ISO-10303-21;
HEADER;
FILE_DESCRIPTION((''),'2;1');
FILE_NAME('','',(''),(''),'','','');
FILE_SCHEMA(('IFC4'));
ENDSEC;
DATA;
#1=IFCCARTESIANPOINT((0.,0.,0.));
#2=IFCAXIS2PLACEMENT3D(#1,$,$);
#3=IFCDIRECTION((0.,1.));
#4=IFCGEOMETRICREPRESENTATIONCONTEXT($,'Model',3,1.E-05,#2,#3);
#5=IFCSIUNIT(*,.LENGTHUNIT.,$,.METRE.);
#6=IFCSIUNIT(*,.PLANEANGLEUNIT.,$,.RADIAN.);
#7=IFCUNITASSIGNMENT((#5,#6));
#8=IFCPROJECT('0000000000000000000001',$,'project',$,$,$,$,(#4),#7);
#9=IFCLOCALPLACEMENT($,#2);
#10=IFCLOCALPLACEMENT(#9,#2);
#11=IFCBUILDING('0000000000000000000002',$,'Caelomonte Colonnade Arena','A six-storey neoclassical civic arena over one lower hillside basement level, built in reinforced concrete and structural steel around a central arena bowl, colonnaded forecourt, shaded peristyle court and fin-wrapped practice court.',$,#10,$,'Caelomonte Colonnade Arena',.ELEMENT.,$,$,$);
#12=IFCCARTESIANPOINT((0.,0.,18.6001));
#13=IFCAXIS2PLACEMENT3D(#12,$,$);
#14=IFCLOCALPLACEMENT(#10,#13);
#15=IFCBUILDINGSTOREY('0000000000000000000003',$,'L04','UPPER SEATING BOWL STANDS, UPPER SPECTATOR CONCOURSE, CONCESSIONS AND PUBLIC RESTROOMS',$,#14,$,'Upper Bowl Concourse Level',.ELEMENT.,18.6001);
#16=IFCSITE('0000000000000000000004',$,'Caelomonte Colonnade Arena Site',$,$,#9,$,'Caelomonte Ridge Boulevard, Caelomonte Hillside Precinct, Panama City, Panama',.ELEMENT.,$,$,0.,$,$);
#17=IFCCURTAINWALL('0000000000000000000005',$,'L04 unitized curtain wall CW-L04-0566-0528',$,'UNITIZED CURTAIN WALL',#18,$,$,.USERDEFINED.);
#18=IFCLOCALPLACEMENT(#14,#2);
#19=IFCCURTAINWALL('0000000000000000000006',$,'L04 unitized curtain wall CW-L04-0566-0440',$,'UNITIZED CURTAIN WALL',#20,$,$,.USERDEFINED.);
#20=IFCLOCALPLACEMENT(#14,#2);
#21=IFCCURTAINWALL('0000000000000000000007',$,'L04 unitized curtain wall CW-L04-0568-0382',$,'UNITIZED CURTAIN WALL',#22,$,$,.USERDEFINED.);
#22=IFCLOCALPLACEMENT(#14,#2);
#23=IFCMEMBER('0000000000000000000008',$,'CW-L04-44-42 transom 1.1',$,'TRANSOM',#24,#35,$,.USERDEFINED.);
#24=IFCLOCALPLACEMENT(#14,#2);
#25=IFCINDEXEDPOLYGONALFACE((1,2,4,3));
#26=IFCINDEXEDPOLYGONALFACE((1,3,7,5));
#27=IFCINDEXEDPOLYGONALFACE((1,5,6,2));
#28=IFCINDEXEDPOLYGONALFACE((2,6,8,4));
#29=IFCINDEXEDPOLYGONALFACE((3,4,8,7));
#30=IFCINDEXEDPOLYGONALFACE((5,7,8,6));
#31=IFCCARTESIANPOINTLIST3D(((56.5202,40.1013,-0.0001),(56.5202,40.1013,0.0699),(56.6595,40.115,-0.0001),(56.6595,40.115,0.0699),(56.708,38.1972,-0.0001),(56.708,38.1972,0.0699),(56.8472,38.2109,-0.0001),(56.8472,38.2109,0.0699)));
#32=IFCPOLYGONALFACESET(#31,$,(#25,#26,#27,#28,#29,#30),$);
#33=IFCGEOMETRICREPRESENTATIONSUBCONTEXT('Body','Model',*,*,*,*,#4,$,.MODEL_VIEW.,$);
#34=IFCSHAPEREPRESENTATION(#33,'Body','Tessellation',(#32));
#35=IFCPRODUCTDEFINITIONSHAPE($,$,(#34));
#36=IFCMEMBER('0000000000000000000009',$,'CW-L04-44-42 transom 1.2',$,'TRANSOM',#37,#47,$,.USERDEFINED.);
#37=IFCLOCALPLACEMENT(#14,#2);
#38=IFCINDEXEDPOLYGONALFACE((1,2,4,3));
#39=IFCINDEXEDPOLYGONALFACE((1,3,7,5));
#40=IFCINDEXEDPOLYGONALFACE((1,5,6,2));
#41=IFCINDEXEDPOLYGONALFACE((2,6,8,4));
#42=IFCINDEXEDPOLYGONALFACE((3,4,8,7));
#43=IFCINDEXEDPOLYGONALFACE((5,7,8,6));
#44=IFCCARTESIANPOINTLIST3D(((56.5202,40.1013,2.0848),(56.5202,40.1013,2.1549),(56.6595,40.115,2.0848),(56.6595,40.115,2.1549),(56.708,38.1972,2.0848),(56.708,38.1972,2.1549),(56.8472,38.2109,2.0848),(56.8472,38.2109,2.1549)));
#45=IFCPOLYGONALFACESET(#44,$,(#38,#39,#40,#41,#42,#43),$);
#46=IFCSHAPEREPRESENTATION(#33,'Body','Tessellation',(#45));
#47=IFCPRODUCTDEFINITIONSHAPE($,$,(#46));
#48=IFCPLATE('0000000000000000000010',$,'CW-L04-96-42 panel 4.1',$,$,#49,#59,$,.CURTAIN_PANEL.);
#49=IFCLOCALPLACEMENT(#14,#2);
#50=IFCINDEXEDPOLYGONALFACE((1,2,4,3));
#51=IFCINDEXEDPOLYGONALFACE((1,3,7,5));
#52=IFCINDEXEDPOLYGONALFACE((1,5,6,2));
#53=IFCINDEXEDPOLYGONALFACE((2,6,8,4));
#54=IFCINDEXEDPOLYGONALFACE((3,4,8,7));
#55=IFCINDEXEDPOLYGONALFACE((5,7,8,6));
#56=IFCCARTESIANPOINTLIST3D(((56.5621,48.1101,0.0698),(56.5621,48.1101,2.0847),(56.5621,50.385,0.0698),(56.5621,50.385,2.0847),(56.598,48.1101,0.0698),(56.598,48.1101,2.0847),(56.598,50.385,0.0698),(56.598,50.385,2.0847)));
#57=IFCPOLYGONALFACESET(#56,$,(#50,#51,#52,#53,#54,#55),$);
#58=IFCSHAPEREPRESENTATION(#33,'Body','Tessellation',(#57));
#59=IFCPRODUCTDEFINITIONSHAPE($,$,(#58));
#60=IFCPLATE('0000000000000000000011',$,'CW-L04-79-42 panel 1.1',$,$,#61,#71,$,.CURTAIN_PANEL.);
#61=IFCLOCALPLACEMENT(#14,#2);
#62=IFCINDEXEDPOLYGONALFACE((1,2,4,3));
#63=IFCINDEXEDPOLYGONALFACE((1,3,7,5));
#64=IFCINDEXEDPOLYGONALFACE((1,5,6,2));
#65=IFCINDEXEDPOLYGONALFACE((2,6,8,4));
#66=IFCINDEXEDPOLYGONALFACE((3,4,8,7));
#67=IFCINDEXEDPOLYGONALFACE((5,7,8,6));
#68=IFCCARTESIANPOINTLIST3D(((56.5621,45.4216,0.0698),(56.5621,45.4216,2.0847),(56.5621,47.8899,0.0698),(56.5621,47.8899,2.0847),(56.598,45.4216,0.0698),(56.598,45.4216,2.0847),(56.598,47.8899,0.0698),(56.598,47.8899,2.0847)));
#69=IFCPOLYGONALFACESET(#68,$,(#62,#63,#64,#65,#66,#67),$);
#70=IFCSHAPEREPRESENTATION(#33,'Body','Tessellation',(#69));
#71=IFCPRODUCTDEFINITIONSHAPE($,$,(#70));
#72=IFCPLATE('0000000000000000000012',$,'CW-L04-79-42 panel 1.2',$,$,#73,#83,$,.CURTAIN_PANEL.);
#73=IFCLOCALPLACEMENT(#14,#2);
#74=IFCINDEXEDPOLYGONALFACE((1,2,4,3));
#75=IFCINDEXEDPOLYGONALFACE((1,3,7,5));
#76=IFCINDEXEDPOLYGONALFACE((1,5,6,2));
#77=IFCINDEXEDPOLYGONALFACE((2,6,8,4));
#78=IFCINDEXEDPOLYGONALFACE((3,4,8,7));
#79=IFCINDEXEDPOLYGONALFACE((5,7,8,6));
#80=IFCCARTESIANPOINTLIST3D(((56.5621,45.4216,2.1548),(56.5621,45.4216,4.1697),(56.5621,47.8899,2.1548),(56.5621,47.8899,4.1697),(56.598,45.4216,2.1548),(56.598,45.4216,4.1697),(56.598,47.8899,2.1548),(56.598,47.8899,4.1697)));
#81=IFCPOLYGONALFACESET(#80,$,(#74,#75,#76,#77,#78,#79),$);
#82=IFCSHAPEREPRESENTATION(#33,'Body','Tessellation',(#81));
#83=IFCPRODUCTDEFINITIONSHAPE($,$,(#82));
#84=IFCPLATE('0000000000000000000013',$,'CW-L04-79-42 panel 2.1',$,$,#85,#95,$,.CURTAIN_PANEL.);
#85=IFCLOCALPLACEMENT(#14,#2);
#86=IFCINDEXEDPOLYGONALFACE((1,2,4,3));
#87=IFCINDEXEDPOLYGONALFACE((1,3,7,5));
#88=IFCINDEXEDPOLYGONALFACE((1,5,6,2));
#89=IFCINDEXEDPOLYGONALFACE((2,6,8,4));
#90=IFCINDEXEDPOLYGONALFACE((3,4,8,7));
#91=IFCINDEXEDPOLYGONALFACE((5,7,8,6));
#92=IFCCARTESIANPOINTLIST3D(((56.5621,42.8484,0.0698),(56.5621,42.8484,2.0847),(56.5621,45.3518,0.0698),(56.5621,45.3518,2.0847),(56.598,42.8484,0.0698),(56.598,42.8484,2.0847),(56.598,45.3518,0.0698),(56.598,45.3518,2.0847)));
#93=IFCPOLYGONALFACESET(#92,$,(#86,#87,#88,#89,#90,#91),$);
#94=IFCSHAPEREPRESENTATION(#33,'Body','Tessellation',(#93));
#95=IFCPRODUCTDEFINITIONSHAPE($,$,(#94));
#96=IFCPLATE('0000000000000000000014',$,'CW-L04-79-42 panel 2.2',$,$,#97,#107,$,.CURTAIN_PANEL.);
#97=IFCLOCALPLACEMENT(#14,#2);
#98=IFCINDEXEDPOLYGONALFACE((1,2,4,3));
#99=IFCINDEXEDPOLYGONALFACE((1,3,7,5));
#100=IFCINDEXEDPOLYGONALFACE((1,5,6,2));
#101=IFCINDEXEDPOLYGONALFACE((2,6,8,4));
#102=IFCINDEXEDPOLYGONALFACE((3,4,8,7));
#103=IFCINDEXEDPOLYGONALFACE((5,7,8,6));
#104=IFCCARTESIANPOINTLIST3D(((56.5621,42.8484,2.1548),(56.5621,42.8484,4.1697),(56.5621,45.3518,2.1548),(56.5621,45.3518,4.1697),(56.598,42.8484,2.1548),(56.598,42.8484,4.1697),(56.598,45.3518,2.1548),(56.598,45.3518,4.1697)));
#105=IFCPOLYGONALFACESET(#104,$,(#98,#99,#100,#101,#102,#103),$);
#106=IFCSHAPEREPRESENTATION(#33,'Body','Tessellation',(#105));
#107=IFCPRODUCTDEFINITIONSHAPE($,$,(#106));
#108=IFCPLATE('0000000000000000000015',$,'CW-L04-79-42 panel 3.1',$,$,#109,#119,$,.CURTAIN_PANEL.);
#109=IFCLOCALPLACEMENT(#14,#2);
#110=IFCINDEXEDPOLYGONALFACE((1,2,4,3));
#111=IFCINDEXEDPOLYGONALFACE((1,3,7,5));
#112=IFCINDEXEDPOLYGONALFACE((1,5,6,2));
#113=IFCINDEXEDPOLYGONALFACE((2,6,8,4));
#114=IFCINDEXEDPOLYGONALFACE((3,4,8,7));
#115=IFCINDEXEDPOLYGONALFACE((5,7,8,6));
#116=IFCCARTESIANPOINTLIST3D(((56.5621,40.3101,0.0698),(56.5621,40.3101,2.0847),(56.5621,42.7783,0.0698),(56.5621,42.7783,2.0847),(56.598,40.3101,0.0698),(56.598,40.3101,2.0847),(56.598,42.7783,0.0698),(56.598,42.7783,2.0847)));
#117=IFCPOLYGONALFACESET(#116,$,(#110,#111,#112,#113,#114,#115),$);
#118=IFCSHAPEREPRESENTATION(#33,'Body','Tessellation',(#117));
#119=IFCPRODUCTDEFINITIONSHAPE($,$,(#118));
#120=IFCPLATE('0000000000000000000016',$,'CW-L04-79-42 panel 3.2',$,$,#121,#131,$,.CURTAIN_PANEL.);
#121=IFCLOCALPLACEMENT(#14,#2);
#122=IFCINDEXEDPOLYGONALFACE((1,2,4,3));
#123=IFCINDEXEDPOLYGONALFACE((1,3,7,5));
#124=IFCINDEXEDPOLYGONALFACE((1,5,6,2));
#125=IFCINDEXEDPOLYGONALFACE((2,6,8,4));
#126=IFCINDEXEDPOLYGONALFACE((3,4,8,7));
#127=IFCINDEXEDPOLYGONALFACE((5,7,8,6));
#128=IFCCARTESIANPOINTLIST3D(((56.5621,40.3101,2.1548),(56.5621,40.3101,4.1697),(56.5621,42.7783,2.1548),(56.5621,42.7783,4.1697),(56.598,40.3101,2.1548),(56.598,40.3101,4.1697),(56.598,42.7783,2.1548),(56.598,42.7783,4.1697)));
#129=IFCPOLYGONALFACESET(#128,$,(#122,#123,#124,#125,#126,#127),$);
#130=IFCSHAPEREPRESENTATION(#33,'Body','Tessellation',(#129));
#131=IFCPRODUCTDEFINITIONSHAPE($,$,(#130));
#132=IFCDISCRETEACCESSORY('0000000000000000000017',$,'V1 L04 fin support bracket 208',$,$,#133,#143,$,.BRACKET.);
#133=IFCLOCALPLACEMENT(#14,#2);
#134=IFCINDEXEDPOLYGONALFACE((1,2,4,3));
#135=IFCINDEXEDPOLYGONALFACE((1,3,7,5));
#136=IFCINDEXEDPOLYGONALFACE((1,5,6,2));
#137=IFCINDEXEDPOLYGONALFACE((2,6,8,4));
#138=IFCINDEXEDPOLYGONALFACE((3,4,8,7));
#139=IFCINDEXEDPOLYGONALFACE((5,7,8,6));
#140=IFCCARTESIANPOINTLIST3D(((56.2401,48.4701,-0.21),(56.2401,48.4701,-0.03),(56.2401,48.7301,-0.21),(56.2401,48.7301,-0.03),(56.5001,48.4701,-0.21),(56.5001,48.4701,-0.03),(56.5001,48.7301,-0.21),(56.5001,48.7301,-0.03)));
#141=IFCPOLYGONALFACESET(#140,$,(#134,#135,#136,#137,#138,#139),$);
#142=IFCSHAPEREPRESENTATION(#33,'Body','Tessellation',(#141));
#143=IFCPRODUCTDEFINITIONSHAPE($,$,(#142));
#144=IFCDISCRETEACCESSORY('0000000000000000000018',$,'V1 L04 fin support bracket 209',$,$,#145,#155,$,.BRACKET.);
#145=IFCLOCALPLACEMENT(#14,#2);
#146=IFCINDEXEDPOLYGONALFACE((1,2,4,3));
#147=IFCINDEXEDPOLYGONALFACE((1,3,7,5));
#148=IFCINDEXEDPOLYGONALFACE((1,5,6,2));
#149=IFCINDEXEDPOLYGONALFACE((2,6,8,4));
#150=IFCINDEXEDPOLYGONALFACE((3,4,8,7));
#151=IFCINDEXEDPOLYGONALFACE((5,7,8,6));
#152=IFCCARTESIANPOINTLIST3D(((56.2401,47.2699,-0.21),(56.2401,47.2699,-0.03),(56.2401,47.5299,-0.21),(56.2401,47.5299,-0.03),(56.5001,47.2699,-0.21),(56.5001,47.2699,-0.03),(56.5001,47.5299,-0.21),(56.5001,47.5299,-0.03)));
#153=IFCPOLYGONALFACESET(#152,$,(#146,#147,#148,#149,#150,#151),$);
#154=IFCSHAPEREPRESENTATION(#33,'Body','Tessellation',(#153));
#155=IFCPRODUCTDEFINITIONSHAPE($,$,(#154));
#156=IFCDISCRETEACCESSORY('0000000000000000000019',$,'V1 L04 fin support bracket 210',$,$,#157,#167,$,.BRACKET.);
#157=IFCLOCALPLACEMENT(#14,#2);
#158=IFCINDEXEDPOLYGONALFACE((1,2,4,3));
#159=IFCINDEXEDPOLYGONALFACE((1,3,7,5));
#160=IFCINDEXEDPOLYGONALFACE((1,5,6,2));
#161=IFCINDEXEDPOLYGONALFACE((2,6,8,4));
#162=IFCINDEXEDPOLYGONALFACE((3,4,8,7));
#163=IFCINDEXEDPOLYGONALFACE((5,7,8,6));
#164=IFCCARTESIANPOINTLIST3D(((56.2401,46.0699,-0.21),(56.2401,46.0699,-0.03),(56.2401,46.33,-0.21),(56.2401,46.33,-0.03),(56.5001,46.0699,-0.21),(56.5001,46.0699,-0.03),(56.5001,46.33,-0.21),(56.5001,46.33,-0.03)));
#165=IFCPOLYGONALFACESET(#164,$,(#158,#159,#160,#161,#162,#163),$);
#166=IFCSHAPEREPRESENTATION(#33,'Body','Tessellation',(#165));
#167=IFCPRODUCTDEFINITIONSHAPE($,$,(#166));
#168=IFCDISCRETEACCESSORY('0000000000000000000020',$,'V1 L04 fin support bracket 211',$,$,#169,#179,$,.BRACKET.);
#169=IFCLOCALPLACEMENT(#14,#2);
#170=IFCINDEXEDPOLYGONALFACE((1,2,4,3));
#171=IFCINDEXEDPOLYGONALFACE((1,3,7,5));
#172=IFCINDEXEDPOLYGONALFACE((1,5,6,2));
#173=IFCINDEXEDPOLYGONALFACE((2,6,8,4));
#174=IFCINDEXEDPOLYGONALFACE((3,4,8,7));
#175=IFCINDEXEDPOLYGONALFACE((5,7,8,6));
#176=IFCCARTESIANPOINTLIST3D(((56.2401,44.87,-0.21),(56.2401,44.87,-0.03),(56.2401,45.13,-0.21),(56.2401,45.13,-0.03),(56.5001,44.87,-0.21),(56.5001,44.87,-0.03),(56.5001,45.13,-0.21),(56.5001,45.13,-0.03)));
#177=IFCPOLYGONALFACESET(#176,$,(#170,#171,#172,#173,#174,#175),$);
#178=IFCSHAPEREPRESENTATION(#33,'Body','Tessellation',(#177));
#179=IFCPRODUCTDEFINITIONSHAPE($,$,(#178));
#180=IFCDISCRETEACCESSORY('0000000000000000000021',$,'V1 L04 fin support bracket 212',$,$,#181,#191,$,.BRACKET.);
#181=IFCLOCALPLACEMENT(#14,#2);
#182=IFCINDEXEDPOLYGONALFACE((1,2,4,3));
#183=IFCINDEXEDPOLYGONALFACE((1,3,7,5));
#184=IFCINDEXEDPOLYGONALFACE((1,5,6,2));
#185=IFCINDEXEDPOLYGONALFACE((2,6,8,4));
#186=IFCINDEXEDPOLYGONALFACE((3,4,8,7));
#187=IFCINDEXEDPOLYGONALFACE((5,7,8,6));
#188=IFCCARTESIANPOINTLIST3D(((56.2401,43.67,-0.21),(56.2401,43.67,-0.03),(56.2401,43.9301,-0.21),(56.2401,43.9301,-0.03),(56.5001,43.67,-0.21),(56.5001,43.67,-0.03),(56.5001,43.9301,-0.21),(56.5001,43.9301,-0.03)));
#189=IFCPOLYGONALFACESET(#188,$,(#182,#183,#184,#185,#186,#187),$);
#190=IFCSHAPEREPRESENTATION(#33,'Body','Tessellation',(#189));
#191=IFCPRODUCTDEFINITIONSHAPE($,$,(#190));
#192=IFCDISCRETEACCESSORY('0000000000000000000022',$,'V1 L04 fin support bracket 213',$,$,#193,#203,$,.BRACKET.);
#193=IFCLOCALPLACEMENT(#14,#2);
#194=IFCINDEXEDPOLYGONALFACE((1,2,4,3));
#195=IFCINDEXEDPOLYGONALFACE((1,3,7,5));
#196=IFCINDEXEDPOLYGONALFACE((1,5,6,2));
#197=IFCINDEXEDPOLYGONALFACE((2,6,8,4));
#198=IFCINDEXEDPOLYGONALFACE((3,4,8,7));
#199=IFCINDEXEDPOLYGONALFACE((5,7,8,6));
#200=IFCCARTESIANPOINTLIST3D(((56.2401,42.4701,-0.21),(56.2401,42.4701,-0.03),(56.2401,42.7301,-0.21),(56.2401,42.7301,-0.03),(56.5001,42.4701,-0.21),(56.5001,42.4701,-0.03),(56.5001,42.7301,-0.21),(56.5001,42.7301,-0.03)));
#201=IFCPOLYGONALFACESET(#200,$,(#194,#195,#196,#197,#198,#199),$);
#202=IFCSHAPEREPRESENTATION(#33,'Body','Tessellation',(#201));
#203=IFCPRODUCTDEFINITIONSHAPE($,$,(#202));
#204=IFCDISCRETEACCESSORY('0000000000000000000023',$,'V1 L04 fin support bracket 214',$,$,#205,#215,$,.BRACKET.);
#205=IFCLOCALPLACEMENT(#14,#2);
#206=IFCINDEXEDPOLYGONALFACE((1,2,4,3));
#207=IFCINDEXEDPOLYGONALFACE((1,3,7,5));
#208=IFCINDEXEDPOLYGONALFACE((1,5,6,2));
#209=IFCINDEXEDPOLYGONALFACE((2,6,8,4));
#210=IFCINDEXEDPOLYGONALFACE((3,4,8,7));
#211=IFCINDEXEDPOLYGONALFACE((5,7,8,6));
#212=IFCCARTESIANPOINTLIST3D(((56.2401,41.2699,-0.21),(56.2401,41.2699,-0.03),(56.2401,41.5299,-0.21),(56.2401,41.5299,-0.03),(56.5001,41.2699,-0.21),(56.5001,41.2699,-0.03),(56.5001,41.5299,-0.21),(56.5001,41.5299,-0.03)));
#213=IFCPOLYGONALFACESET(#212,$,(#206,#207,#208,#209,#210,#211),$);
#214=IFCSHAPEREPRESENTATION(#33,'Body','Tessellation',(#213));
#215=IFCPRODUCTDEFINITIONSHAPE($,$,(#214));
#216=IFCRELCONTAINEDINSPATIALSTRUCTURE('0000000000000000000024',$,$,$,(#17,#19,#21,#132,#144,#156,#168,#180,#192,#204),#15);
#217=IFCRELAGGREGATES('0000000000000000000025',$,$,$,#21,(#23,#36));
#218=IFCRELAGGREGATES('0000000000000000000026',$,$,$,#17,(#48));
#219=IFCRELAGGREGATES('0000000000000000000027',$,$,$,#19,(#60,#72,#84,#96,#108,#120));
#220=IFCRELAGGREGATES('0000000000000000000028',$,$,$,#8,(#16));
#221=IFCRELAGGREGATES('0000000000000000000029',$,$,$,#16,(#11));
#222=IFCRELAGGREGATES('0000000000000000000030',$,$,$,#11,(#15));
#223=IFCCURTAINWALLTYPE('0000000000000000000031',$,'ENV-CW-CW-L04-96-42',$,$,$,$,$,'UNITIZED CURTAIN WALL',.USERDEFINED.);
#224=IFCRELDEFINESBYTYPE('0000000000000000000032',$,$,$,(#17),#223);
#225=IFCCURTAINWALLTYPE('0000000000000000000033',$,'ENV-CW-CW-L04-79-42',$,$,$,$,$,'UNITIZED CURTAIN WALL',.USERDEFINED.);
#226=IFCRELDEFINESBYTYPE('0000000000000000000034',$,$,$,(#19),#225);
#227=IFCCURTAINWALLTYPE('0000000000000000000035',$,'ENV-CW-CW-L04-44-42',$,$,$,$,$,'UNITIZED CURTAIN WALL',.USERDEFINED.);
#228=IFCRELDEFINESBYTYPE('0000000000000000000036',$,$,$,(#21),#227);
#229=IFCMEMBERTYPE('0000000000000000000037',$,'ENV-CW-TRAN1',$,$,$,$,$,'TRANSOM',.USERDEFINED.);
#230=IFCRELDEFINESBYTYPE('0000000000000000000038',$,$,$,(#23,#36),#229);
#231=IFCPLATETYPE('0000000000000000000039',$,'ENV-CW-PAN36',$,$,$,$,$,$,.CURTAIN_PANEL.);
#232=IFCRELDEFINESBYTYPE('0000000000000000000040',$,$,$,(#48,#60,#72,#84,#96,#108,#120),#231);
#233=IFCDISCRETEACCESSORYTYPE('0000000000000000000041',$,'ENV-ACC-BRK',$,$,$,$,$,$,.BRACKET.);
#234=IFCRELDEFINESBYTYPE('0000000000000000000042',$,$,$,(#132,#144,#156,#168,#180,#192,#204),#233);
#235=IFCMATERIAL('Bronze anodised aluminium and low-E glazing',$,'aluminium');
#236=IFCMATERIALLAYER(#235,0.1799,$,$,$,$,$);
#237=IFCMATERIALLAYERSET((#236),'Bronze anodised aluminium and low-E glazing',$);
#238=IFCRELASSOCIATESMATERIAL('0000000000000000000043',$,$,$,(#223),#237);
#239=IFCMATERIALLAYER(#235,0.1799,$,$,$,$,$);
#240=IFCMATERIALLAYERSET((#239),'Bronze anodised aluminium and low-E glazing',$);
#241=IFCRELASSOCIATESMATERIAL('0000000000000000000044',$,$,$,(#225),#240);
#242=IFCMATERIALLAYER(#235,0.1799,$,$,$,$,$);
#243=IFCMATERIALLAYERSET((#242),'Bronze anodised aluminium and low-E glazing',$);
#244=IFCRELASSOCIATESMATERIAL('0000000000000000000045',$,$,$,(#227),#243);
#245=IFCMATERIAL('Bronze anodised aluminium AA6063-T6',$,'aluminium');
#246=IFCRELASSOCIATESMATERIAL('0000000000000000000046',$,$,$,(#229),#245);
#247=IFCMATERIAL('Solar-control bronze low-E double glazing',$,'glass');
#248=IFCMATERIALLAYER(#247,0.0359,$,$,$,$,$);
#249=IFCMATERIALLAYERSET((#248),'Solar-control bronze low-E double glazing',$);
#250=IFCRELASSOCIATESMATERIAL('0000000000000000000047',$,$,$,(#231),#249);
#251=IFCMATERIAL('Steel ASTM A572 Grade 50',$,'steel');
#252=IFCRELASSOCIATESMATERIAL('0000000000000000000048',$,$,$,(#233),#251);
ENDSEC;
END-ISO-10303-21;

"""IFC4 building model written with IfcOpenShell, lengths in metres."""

from ifc_helpers import new_model, si_unit, direction, frame, origin, origin_2d, place, context, subcontext, project, spatial, rectangle, extrude, material, layer, layer_set, material_profile, profile_set, type_object, element, aggregate, save


model = new_model("IFC4")

# Units and contexts
model_context = context("Model", 3, precision=1e-05, world=origin(), true_north=direction((0.0, 1.0)))
body_context = subcontext(model_context, "Body", "Model", "MODEL_VIEW")
ifc_project = project(units=[si_unit("LENGTHUNIT", "METRE"), si_unit("PLANEANGLEUNIT", "RADIAN")], contexts=[model_context])

# Site, building, storey
site_placement = place(None, origin())
site = spatial("IfcSite", under=ifc_project, at=site_placement, Name="Caelomonte Colonnade Arena Site", LongName="Caelomonte Ridge Boulevard, Caelomonte Hillside Precinct, Panama City, Panama", CompositionType="ELEMENT", RefElevation=0.0)
building_placement = place(site_placement, origin())
building = spatial("IfcBuilding", under=site, at=building_placement, Name="Caelomonte Colonnade Arena", Description="A six-storey neoclassical civic arena over one lower hillside basement level, built in reinforced concrete and structural steel around a central arena bowl, colonnaded forecourt, shaded peristyle court and fin-wrapped practice court.", LongName="Caelomonte Colonnade Arena", CompositionType="ELEMENT")
storey_placement = place(building_placement, frame((0.0, 0.0, 18.6001)))
storey = spatial("IfcBuildingStorey", under=building, at=storey_placement, Name="L04", Description="UPPER SEATING BOWL STANDS, UPPER SPECTATOR CONCOURSE, CONCESSIONS AND PUBLIC RESTROOMS", LongName="Upper Bowl Concourse Level", CompositionType="ELEMENT", Elevation=18.6001)

# Curtain wall
ifc_material_1 = material(Name="Bronze anodised aluminium and low-E glazing", Category="aluminium")
ifc_layer_1 = layer(ifc_material_1, 0.1799)
ifc_layer_set_1 = layer_set([ifc_layer_1], Name="Bronze anodised aluminium and low-E glazing")
curtain_wall_type_1 = type_object("IfcCurtainWallType", Name="ENV-CW-CW-L04-96-42", ElementType="UNITIZED CURTAIN WALL", PredefinedType="USERDEFINED", material=ifc_layer_set_1)
curtain_wall_1_placement = place(storey_placement, origin())
curtain_wall_1 = element("IfcCurtainWall", 1, at=curtain_wall_1_placement, inside=storey, type_object=curtain_wall_type_1, Name="L04 unitized curtain wall CW-L04-0566-0528", ObjectType="UNITIZED CURTAIN WALL", PredefinedType="USERDEFINED")
ifc_material_2 = material(Name="Bronze anodised aluminium AA6063-T6", Category="aluminium")

# Curtain wall
ifc_layer_2 = layer(ifc_material_1, 0.1799)
ifc_layer_set_2 = layer_set([ifc_layer_2], Name="Bronze anodised aluminium and low-E glazing")
curtain_wall_type_2 = type_object("IfcCurtainWallType", Name="ENV-CW-CW-L04-79-42", ElementType="UNITIZED CURTAIN WALL", PredefinedType="USERDEFINED", material=ifc_layer_set_2)
curtain_wall_2_placement = place(storey_placement, origin())
curtain_wall_2 = element("IfcCurtainWall", 2, at=curtain_wall_2_placement, inside=storey, type_object=curtain_wall_type_2, Name="L04 unitized curtain wall CW-L04-0566-0440", ObjectType="UNITIZED CURTAIN WALL", PredefinedType="USERDEFINED")

# Curtain wall
ifc_layer_3 = layer(ifc_material_1, 0.1799)
ifc_layer_set_3 = layer_set([ifc_layer_3], Name="Bronze anodised aluminium and low-E glazing")
curtain_wall_type_3 = type_object("IfcCurtainWallType", Name="ENV-CW-CW-L04-44-42", ElementType="UNITIZED CURTAIN WALL", PredefinedType="USERDEFINED", material=ifc_layer_set_3)
curtain_wall_3_placement = place(storey_placement, origin())
curtain_wall_3 = element("IfcCurtainWall", 3, at=curtain_wall_3_placement, inside=storey, type_object=curtain_wall_type_3, Name="L04 unitized curtain wall CW-L04-0568-0382", ObjectType="UNITIZED CURTAIN WALL", PredefinedType="USERDEFINED")

# Members
ifc_material_profile_1 = material_profile(ifc_material_2, rectangle(XDim=0.0701, YDim=0.1399, at=origin_2d()), Name="CWT-70X140")
ifc_profile_set_1 = profile_set([ifc_material_profile_1], Name="Bronze anodised aluminium AA6063-T6")
member_type_1 = type_object("IfcMemberType", Name="ENV-CW-TRAN1", ElementType="TRANSOM", PredefinedType="USERDEFINED", material=ifc_profile_set_1)
member_1_placement = place(storey_placement, frame((56.5898, 40.1082, 0.0349), z_axis=(0.098127, -0.995174, 0.0), x_axis=(0.0, 0.0, 1.0)))
member_1 = element("IfcMember", 4, at=member_1_placement, type_object=member_type_1, Name="CW-L04-44-42 transom 1.1", ObjectType="TRANSOM", PredefinedType="USERDEFINED", context=body_context, shape_type="SweptSolid", body=[
    extrude(rectangle(XDim=0.0701, YDim=0.1399, at=origin_2d()), origin(), (0.0, 0.0, 1.0), 1.9133),
])
member_2_placement = place(storey_placement, frame((56.5898, 40.1082, 2.1199), z_axis=(0.098127, -0.995174, 0.0), x_axis=(0.0, 0.0, 1.0)))
member_2 = element("IfcMember", 5, at=member_2_placement, type_object=member_type_1, Name="CW-L04-44-42 transom 1.2", ObjectType="TRANSOM", PredefinedType="USERDEFINED", context=body_context, shape_type="SweptSolid", body=[
    extrude(rectangle(XDim=0.0701, YDim=0.1399, at=origin_2d()), origin(), (0.0, 0.0, 1.0), 1.9133),
])
aggregate(curtain_wall_3, [member_1, member_2])

# Plates
ifc_material_3 = material(Name="Solar-control bronze low-E double glazing", Category="glass")
ifc_layer_4 = layer(ifc_material_3, 0.0359)
ifc_layer_set_4 = layer_set([ifc_layer_4], Name="Solar-control bronze low-E double glazing")
plate_type = type_object("IfcPlateType", Name="ENV-CW-PAN36", PredefinedType="CURTAIN_PANEL", material=ifc_layer_set_4)
plate_1_placement = place(storey_placement, frame((56.5801, 49.2476, 0.0698), z_axis=(0.0, 0.0, 1.0), x_axis=(0.0, -1.0, 0.0)))
plate_1 = element("IfcPlate", 6, at=plate_1_placement, type_object=plate_type, Name="CW-L04-96-42 panel 4.1", PredefinedType="CURTAIN_PANEL", context=body_context, shape_type="SweptSolid", body=[
    extrude(rectangle(XDim=2.2749, YDim=0.0359, at=origin_2d()), origin(), (0.0, 0.0, 1.0), 2.0149),
])
aggregate(curtain_wall_1, [plate_1])
plate_2_placement = place(storey_placement, frame((56.5801, 46.6558, 0.0698), z_axis=(0.0, 0.0, 1.0), x_axis=(0.0, -1.0, 0.0)))
plate_2 = element("IfcPlate", 7, at=plate_2_placement, type_object=plate_type, Name="CW-L04-79-42 panel 1.1", PredefinedType="CURTAIN_PANEL", context=body_context, shape_type="SweptSolid", body=[
    extrude(rectangle(XDim=2.4683, YDim=0.0359, at=origin_2d()), origin(), (0.0, 0.0, 1.0), 2.0149),
])
plate_3_placement = place(storey_placement, frame((56.5801, 46.6558, 2.1548), z_axis=(0.0, 0.0, 1.0), x_axis=(0.0, -1.0, 0.0)))
plate_3 = element("IfcPlate", 8, at=plate_3_placement, type_object=plate_type, Name="CW-L04-79-42 panel 1.2", PredefinedType="CURTAIN_PANEL", context=body_context, shape_type="SweptSolid", body=[
    extrude(rectangle(XDim=2.4683, YDim=0.0359, at=origin_2d()), origin(), (0.0, 0.0, 1.0), 2.0149),
])
plate_4_placement = place(storey_placement, frame((56.5801, 44.1001, 0.0698), z_axis=(0.0, 0.0, 1.0), x_axis=(0.0, -1.0, 0.0)))
plate_4 = element("IfcPlate", 9, at=plate_4_placement, type_object=plate_type, Name="CW-L04-79-42 panel 2.1", PredefinedType="CURTAIN_PANEL", context=body_context, shape_type="SweptSolid", body=[
    extrude(rectangle(XDim=2.5034, YDim=0.0359, at=origin_2d()), origin(), (0.0, 0.0, 1.0), 2.0149),
])
plate_5_placement = place(storey_placement, frame((56.5801, 44.1001, 2.1548), z_axis=(0.0, 0.0, 1.0), x_axis=(0.0, -1.0, 0.0)))
plate_5 = element("IfcPlate", 10, at=plate_5_placement, type_object=plate_type, Name="CW-L04-79-42 panel 2.2", PredefinedType="CURTAIN_PANEL", context=body_context, shape_type="SweptSolid", body=[
    extrude(rectangle(XDim=2.5034, YDim=0.0359, at=origin_2d()), origin(), (0.0, 0.0, 1.0), 2.0149),
])
plate_6_placement = place(storey_placement, frame((56.5801, 41.5442, 0.0698), z_axis=(0.0, 0.0, 1.0), x_axis=(0.0, -1.0, 0.0)))
plate_6 = element("IfcPlate", 11, at=plate_6_placement, type_object=plate_type, Name="CW-L04-79-42 panel 3.1", PredefinedType="CURTAIN_PANEL", context=body_context, shape_type="SweptSolid", body=[
    extrude(rectangle(XDim=2.4683, YDim=0.0359, at=origin_2d()), origin(), (0.0, 0.0, 1.0), 2.0149),
])
plate_7_placement = place(storey_placement, frame((56.5801, 41.5442, 2.1548), z_axis=(0.0, 0.0, 1.0), x_axis=(0.0, -1.0, 0.0)))
plate_7 = element("IfcPlate", 12, at=plate_7_placement, type_object=plate_type, Name="CW-L04-79-42 panel 3.2", PredefinedType="CURTAIN_PANEL", context=body_context, shape_type="SweptSolid", body=[
    extrude(rectangle(XDim=2.4683, YDim=0.0359, at=origin_2d()), origin(), (0.0, 0.0, 1.0), 2.0149),
])
aggregate(curtain_wall_2, [plate_2, plate_3, plate_4, plate_5, plate_6, plate_7])

# Discrete accessories
ifc_material_4 = material(Name="Steel ASTM A572 Grade 50", Category="steel")
discrete_accessory_type = type_object("IfcDiscreteAccessoryType", Name="ENV-ACC-BRK", PredefinedType="BRACKET", material=ifc_material_4)
for number, where, z_axis, x_axis, name in (
    (13, (56.3701, 48.6001, -0.21), (0.0, 0.0, 1.0), (0.0, -1.0, 0.0), "V1 L04 fin support bracket 208"),
    (14, (56.3701, 47.3999, -0.21), (0.0, 0.0, 1.0), (0.0, -1.0, 0.0), "V1 L04 fin support bracket 209"),
    (15, (56.3701, 46.2, -0.21), (0.0, 0.0, 1.0), (0.0, -1.0, 0.0), "V1 L04 fin support bracket 210"),
    (16, (56.3701, 45.0, -0.21), (0.0, 0.0, 1.0), (0.0, -1.0, 0.0), "V1 L04 fin support bracket 211"),
    (17, (56.3701, 43.8, -0.21), (0.0, 0.0, 1.0), (0.0, -1.0, 0.0), "V1 L04 fin support bracket 212"),
    (18, (56.3701, 42.6001, -0.21), (0.0, 0.0, 1.0), (0.0, -1.0, 0.0), "V1 L04 fin support bracket 213"),
    (19, (56.3701, 41.3999, -0.21), (0.0, 0.0, 1.0), (0.0, -1.0, 0.0), "V1 L04 fin support bracket 214"),
):
    element("IfcDiscreteAccessory", number, at=place(storey_placement, frame(where, z_axis=z_axis, x_axis=x_axis)), inside=storey, type_object=discrete_accessory_type, Name=name, PredefinedType="BRACKET", context=body_context, shape_type="SweptSolid", body=[
        extrude(rectangle(XDim=0.26, YDim=0.26, at=origin_2d()), origin(), (0.0, 0.0, 1.0), 0.1799),
    ])

save(model, "model.ifc")
